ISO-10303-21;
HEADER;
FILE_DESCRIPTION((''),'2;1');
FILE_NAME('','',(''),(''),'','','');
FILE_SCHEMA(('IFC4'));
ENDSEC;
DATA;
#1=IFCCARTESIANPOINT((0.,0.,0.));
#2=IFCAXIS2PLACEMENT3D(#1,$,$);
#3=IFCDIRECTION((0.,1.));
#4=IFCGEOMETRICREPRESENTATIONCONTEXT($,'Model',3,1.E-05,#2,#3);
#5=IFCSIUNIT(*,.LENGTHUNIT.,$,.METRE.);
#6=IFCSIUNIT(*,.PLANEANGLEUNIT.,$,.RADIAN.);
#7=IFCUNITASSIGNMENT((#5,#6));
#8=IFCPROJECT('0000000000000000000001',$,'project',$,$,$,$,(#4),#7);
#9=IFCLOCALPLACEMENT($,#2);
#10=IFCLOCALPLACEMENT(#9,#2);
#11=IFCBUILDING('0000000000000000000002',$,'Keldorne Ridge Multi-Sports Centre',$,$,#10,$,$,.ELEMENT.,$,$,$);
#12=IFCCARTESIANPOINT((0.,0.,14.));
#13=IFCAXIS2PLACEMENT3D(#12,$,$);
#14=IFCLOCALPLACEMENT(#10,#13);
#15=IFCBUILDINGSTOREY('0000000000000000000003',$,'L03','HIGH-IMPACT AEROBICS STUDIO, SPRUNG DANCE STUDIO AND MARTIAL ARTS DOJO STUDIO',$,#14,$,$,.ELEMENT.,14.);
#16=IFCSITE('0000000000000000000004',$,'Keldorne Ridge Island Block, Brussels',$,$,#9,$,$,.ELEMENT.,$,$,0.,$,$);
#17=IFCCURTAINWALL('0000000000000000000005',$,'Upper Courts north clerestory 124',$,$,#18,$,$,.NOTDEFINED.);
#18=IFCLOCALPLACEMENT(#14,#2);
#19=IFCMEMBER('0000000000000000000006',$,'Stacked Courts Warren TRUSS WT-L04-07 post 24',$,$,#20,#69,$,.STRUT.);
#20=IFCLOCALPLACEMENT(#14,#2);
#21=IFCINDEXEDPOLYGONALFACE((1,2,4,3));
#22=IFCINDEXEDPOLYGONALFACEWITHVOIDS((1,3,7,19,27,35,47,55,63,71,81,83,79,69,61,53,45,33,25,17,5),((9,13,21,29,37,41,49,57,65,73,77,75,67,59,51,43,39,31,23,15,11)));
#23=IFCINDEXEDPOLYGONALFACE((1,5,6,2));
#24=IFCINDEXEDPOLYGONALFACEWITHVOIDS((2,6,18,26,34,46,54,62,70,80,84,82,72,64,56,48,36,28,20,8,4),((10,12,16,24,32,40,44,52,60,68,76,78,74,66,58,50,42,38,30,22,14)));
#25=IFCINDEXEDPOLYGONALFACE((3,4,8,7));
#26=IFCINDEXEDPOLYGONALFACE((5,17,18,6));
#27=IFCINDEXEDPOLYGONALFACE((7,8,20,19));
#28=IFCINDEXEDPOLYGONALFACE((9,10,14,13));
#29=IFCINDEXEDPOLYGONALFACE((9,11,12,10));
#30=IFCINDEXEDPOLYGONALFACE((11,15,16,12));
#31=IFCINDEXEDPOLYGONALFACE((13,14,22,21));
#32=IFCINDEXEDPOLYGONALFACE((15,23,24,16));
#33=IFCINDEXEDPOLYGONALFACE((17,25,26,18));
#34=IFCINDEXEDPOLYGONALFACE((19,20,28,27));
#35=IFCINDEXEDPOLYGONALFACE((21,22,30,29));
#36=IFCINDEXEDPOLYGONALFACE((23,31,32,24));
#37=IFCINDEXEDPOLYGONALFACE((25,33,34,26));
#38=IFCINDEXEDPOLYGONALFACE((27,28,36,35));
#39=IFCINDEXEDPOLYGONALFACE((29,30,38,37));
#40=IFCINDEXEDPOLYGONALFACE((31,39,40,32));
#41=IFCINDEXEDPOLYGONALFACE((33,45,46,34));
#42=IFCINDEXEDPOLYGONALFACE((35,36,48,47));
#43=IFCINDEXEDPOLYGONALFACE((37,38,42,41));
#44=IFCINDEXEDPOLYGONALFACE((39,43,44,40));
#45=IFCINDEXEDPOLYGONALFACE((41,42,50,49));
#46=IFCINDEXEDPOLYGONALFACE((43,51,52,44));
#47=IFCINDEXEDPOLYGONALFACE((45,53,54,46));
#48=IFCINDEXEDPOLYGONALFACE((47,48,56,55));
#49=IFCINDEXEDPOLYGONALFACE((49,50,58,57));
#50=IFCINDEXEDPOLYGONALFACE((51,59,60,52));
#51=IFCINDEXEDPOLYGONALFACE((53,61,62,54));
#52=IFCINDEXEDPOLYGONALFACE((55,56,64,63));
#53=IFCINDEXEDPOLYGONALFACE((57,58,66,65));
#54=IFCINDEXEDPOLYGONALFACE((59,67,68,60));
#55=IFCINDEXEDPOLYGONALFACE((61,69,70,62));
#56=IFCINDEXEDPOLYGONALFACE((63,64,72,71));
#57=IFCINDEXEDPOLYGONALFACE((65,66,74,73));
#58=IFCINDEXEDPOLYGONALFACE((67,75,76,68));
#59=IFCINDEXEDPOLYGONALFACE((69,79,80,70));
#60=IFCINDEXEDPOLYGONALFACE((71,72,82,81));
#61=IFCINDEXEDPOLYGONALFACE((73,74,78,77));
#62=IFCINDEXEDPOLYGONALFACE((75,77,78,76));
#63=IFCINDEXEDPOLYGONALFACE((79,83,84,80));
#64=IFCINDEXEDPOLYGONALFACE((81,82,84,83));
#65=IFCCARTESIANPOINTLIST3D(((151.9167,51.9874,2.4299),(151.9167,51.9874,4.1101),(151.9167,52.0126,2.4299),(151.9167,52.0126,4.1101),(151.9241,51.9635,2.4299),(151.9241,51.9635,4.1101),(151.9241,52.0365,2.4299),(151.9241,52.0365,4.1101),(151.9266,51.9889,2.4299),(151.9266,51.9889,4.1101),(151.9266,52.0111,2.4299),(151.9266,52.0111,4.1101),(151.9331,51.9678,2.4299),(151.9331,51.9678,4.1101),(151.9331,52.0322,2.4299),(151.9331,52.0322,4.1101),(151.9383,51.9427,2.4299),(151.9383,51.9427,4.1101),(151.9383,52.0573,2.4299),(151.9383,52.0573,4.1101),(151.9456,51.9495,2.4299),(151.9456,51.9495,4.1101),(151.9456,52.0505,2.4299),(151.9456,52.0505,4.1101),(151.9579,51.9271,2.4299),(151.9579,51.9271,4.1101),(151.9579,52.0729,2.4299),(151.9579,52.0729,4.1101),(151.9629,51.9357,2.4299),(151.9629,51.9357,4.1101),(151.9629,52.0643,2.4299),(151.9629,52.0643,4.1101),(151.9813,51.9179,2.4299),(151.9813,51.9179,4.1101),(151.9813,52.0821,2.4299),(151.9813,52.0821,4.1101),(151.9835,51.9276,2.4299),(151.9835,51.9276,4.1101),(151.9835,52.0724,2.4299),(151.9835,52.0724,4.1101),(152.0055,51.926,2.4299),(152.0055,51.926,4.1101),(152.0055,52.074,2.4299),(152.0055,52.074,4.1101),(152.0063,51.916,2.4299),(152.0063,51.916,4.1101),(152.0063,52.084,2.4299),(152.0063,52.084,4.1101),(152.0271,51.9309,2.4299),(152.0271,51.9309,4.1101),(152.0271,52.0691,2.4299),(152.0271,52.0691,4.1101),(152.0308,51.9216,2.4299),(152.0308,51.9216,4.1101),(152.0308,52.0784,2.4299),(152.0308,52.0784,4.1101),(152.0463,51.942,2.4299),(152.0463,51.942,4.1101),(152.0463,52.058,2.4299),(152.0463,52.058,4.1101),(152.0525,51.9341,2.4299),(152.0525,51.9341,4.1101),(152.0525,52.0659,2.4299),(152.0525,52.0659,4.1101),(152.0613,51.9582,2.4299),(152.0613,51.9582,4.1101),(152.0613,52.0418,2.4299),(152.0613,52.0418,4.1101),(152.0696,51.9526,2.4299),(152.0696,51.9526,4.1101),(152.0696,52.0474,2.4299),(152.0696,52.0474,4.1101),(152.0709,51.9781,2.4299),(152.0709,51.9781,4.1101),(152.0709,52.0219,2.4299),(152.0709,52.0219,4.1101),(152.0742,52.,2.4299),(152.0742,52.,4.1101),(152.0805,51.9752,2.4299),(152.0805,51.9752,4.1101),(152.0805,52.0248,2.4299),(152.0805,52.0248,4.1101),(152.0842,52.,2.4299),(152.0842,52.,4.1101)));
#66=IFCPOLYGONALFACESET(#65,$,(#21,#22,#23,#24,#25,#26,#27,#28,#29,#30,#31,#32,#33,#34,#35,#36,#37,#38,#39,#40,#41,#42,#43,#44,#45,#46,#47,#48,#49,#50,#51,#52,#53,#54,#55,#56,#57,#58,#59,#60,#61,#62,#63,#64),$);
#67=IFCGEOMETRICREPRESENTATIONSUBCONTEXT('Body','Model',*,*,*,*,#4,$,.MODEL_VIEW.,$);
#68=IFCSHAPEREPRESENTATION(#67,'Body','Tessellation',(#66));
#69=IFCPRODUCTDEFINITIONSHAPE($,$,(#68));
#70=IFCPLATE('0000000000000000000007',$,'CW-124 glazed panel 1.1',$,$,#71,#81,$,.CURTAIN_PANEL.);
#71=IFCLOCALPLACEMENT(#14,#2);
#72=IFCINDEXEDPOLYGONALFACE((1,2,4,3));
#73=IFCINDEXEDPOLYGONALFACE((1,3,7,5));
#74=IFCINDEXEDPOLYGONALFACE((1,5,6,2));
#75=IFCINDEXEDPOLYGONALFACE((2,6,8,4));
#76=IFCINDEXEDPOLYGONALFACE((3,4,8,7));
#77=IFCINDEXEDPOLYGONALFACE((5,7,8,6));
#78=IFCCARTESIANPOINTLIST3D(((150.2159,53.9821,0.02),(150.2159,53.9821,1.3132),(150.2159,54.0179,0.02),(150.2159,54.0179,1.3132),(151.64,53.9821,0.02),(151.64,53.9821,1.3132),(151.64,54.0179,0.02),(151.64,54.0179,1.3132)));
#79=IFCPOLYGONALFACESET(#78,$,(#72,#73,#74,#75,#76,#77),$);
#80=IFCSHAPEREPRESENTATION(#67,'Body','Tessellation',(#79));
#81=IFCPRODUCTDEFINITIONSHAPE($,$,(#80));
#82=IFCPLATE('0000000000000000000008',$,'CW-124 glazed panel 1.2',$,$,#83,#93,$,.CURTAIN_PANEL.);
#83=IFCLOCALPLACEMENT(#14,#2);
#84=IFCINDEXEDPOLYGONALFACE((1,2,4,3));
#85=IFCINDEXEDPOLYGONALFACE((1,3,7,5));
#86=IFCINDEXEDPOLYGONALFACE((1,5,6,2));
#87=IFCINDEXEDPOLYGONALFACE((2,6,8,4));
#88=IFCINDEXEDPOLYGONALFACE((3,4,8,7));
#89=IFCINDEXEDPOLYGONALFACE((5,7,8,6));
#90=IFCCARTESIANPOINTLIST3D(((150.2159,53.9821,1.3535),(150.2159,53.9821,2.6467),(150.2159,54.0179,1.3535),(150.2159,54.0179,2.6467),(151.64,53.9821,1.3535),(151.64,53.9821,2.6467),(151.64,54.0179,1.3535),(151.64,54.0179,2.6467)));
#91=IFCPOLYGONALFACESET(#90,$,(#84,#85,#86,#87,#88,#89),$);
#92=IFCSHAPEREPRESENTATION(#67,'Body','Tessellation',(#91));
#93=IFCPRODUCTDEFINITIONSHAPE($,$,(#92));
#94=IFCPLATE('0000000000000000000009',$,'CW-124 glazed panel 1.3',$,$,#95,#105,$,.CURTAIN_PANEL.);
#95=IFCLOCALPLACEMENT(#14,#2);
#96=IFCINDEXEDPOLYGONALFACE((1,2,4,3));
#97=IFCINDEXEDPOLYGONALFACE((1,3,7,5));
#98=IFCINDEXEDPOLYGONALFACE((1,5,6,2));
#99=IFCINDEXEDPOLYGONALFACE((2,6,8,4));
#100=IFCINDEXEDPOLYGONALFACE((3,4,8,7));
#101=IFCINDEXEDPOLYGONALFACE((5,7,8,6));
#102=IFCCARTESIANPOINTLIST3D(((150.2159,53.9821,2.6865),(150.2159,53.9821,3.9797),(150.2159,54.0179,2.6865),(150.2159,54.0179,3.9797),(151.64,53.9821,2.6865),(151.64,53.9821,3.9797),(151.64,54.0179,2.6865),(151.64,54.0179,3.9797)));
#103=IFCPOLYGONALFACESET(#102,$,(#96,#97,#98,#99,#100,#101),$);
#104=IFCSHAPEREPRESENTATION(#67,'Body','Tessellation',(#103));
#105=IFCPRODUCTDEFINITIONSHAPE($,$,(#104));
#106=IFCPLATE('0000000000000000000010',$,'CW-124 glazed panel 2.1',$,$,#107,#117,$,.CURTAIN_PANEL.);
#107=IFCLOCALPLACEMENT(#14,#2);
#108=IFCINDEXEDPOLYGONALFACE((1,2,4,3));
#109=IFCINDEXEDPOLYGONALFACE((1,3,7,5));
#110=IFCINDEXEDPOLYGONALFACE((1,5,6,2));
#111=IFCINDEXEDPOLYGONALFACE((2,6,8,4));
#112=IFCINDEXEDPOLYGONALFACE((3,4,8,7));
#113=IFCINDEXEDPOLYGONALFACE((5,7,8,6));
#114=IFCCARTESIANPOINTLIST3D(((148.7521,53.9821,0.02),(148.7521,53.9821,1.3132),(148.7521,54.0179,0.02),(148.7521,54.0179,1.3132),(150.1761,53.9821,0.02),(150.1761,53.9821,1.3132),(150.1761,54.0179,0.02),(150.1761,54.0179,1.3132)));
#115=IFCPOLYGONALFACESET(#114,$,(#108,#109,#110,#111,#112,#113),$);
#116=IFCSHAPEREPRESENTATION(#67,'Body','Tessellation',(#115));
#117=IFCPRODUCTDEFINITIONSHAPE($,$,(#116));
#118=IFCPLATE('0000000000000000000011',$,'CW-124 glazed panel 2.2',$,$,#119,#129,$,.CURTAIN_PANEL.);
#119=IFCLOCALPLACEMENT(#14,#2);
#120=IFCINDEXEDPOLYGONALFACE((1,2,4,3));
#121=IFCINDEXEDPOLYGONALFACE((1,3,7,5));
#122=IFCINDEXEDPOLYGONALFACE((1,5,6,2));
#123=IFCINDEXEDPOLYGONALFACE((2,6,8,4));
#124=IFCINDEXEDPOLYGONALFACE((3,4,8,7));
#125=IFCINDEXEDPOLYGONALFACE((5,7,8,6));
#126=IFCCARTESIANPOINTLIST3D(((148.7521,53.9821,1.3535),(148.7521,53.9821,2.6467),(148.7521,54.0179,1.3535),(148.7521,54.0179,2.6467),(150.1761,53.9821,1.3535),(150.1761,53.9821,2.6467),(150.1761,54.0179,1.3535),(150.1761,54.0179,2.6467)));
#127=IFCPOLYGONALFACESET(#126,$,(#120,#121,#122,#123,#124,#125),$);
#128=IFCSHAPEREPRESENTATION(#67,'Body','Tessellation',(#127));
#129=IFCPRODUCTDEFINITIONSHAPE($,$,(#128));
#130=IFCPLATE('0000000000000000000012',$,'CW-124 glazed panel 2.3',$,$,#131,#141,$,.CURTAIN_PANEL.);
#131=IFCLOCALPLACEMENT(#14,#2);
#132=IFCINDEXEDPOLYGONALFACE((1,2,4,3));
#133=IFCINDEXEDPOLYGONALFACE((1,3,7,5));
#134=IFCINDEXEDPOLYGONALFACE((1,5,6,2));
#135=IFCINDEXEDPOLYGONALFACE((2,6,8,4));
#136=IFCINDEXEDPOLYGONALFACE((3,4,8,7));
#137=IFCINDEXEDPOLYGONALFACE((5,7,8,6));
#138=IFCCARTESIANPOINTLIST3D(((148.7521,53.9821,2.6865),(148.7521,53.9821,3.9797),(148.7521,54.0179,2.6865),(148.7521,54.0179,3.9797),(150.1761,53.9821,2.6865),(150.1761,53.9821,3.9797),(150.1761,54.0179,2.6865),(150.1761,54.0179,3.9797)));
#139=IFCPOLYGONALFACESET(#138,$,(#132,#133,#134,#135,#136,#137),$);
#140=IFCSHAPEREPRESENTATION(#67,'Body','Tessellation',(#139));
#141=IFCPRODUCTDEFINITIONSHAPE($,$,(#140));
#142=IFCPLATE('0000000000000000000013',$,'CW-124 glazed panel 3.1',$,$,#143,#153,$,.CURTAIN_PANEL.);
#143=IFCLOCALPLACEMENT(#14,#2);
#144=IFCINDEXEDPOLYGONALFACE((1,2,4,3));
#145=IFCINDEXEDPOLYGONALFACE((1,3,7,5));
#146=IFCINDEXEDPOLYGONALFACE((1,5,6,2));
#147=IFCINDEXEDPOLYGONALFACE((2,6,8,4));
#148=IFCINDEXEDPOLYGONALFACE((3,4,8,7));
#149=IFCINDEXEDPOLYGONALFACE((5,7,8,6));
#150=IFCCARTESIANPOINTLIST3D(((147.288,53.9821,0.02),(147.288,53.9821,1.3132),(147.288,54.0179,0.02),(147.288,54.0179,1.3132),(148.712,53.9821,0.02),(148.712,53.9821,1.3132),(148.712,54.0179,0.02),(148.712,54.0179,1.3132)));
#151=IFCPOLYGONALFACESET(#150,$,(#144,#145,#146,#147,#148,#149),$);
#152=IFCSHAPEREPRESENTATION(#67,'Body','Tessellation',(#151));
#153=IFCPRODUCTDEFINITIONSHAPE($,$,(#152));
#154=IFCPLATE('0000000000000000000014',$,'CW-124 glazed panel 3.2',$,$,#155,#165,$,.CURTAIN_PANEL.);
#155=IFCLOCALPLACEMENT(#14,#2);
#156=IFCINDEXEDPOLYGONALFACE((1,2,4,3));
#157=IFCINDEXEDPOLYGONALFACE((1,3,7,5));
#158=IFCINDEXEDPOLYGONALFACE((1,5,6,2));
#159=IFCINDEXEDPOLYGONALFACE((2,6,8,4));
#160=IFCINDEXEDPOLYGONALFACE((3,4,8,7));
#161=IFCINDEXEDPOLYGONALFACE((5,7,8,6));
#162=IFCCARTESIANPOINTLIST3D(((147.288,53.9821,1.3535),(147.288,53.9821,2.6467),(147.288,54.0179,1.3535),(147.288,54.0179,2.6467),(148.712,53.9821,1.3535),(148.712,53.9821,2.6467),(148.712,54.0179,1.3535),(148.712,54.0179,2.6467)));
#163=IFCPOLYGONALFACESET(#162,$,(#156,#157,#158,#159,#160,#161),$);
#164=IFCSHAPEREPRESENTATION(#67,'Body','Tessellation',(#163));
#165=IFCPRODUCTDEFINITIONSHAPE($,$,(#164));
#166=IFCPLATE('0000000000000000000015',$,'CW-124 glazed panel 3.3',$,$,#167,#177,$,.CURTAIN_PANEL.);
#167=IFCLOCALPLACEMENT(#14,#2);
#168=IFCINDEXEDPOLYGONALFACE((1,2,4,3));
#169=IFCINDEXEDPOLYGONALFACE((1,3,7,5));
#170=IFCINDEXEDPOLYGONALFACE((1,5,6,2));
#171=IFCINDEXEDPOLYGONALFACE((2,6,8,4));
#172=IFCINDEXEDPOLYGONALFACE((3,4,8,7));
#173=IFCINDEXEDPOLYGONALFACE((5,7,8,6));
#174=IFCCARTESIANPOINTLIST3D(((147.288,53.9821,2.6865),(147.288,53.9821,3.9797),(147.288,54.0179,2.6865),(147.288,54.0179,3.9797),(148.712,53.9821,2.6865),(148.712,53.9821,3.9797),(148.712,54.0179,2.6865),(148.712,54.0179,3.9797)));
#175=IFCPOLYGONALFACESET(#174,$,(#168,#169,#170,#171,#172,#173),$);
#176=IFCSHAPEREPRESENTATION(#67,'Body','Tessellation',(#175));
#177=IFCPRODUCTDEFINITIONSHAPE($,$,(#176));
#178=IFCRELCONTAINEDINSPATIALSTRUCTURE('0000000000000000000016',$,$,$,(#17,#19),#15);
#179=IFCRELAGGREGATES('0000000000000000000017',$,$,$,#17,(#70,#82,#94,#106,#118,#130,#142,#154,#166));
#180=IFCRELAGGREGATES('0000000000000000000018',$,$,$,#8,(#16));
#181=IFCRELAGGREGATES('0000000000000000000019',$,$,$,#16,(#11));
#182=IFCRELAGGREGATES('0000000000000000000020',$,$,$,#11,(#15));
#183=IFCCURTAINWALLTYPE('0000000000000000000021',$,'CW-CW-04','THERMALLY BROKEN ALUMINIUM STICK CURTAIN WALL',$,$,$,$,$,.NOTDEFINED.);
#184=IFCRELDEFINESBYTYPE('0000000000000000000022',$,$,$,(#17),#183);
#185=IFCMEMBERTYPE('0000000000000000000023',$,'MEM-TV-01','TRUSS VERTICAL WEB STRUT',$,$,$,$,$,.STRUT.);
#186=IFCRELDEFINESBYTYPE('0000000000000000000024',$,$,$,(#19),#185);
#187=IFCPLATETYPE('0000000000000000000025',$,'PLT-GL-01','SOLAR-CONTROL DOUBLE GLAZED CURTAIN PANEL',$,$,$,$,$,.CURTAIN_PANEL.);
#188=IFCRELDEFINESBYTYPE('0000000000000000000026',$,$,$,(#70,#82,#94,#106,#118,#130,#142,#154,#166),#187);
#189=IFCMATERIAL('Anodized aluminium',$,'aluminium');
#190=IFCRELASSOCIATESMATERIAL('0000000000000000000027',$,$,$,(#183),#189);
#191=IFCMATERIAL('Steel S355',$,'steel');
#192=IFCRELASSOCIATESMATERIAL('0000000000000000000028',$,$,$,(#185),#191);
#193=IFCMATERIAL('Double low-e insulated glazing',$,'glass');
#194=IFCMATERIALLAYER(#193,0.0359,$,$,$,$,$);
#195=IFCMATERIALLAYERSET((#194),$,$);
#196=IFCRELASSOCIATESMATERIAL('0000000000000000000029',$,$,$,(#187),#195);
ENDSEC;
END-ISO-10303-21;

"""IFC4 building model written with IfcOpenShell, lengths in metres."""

from ifc_helpers import new_model, si_unit, direction, frame, origin, origin_2d, place, context, subcontext, project, spatial, rectangle, hollow_circle, extrude, material, layer, layer_set, material_profile, profile_set, type_object, element, aggregate, save


model = new_model("IFC4")

# Units and contexts
model_context = context("Model", 3, precision=1e-05, world=origin(), true_north=direction((0.0, 1.0)))
body_context = subcontext(model_context, "Body", "Model", "MODEL_VIEW")
ifc_project = project(units=[si_unit("LENGTHUNIT", "METRE"), si_unit("PLANEANGLEUNIT", "RADIAN")], contexts=[model_context])

# Site, building, storey
site_placement = place(None, origin())
site = spatial("IfcSite", under=ifc_project, at=site_placement, Name="Keldorne Ridge Island Block, Brussels", CompositionType="ELEMENT", RefElevation=0.0)
building_placement = place(site_placement, origin())
building = spatial("IfcBuilding", under=site, at=building_placement, Name="Keldorne Ridge Multi-Sports Centre", CompositionType="ELEMENT")
storey_placement = place(building_placement, frame((0.0, 0.0, 14.0)))
storey = spatial("IfcBuildingStorey", under=building, at=storey_placement, Name="L03", Description="HIGH-IMPACT AEROBICS STUDIO, SPRUNG DANCE STUDIO AND MARTIAL ARTS DOJO STUDIO", CompositionType="ELEMENT", Elevation=14.0)

# Curtain wall
ifc_material_1 = material(Name="Anodized aluminium", Category="aluminium")
curtain_wall_type = type_object("IfcCurtainWallType", Name="CW-CW-04", Description="THERMALLY BROKEN ALUMINIUM STICK CURTAIN WALL", PredefinedType="NOTDEFINED", material=ifc_material_1)
curtain_wall_placement = place(storey_placement, origin())
curtain_wall = element("IfcCurtainWall", 1, at=curtain_wall_placement, inside=storey, type_object=curtain_wall_type, Name="Upper Courts north clerestory 124", PredefinedType="NOTDEFINED")

# Shared definitions
ifc_material_2 = material(Name="Steel S355", Category="steel")

# Member
ifc_material_profile_1 = material_profile(ifc_material_2, hollow_circle(Radius=0.0842, WallThickness=0.01, at=origin_2d()), Name="CHS 168.3x10")
ifc_profile_set_1 = profile_set([ifc_material_profile_1], Name="Steel S355")
member_type_1 = type_object("IfcMemberType", Name="MEM-TV-01", Description="TRUSS VERTICAL WEB STRUT", PredefinedType="STRUT", material=ifc_profile_set_1)
for number, where, z_axis, x_axis, name in (
    (2, (152.0, 52.0, 2.4299), (0.0, 0.0, 1.0), (1.0, 0.0, 0.0), "Stacked Courts Warren TRUSS WT-L04-07 post 24"),
):
    element("IfcMember", number, at=place(storey_placement, frame(where, z_axis=z_axis, x_axis=x_axis)), inside=storey, type_object=member_type_1, Name=name, PredefinedType="STRUT", context=body_context, shape_type="SweptSolid", body=[
        extrude(hollow_circle(Radius=0.0842, WallThickness=0.01, at=origin_2d()), origin(), (0.0, 0.0, 1.0), 1.6802),
    ])

# Plates
ifc_material_3 = material(Name="Double low-e insulated glazing", Category="glass")
ifc_layer = layer(ifc_material_3, 0.0359)
ifc_layer_set = layer_set([ifc_layer])
plate_type = type_object("IfcPlateType", Name="PLT-GL-01", Description="SOLAR-CONTROL DOUBLE GLAZED CURTAIN PANEL", PredefinedType="CURTAIN_PANEL", material=ifc_layer_set)
plate_1_placement = place(storey_placement, frame((150.928, 54.0, 0.02), z_axis=(0.0, 0.0, 1.0), x_axis=(-1.0, 0.0, 0.0)))
plate_1 = element("IfcPlate", 3, at=plate_1_placement, type_object=plate_type, Name="CW-124 glazed panel 1.1", PredefinedType="CURTAIN_PANEL", context=body_context, shape_type="SweptSolid", body=[
    extrude(rectangle(XDim=1.4241, YDim=0.0359, at=origin_2d()), origin(), (0.0, 0.0, 1.0), 1.2932),
])
plate_2_placement = place(storey_placement, frame((150.928, 54.0, 1.3535), z_axis=(0.0, 0.0, 1.0), x_axis=(-1.0, 0.0, 0.0)))
plate_2 = element("IfcPlate", 4, at=plate_2_placement, type_object=plate_type, Name="CW-124 glazed panel 1.2", PredefinedType="CURTAIN_PANEL", context=body_context, shape_type="SweptSolid", body=[
    extrude(rectangle(XDim=1.4241, YDim=0.0359, at=origin_2d()), origin(), (0.0, 0.0, 1.0), 1.2932),
])
plate_3_placement = place(storey_placement, frame((150.928, 54.0, 2.6865), z_axis=(0.0, 0.0, 1.0), x_axis=(-1.0, 0.0, 0.0)))
plate_3 = element("IfcPlate", 5, at=plate_3_placement, type_object=plate_type, Name="CW-124 glazed panel 1.3", PredefinedType="CURTAIN_PANEL", context=body_context, shape_type="SweptSolid", body=[
    extrude(rectangle(XDim=1.4241, YDim=0.0359, at=origin_2d()), origin(), (0.0, 0.0, 1.0), 1.2932),
])
plate_4_placement = place(storey_placement, frame((149.4641, 54.0, 0.02), z_axis=(0.0, 0.0, 1.0), x_axis=(-1.0, 0.0, 0.0)))
plate_4 = element("IfcPlate", 6, at=plate_4_placement, type_object=plate_type, Name="CW-124 glazed panel 2.1", PredefinedType="CURTAIN_PANEL", context=body_context, shape_type="SweptSolid", body=[
    extrude(rectangle(XDim=1.4241, YDim=0.0359, at=origin_2d()), origin(), (0.0, 0.0, 1.0), 1.2932),
])
plate_5_placement = place(storey_placement, frame((149.4641, 54.0, 1.3535), z_axis=(0.0, 0.0, 1.0), x_axis=(-1.0, 0.0, 0.0)))
plate_5 = element("IfcPlate", 7, at=plate_5_placement, type_object=plate_type, Name="CW-124 glazed panel 2.2", PredefinedType="CURTAIN_PANEL", context=body_context, shape_type="SweptSolid", body=[
    extrude(rectangle(XDim=1.4241, YDim=0.0359, at=origin_2d()), origin(), (0.0, 0.0, 1.0), 1.2932),
])
plate_6_placement = place(storey_placement, frame((149.4641, 54.0, 2.6865), z_axis=(0.0, 0.0, 1.0), x_axis=(-1.0, 0.0, 0.0)))
plate_6 = element("IfcPlate", 8, at=plate_6_placement, type_object=plate_type, Name="CW-124 glazed panel 2.3", PredefinedType="CURTAIN_PANEL", context=body_context, shape_type="SweptSolid", body=[
    extrude(rectangle(XDim=1.4241, YDim=0.0359, at=origin_2d()), origin(), (0.0, 0.0, 1.0), 1.2932),
])
plate_7_placement = place(storey_placement, frame((148.0, 54.0, 0.02), z_axis=(0.0, 0.0, 1.0), x_axis=(-1.0, 0.0, 0.0)))
plate_7 = element("IfcPlate", 9, at=plate_7_placement, type_object=plate_type, Name="CW-124 glazed panel 3.1", PredefinedType="CURTAIN_PANEL", context=body_context, shape_type="SweptSolid", body=[
    extrude(rectangle(XDim=1.4241, YDim=0.0359, at=origin_2d()), origin(), (0.0, 0.0, 1.0), 1.2932),
])
plate_8_placement = place(storey_placement, frame((148.0, 54.0, 1.3535), z_axis=(0.0, 0.0, 1.0), x_axis=(-1.0, 0.0, 0.0)))
plate_8 = element("IfcPlate", 10, at=plate_8_placement, type_object=plate_type, Name="CW-124 glazed panel 3.2", PredefinedType="CURTAIN_PANEL", context=body_context, shape_type="SweptSolid", body=[
    extrude(rectangle(XDim=1.4241, YDim=0.0359, at=origin_2d()), origin(), (0.0, 0.0, 1.0), 1.2932),
])
plate_9_placement = place(storey_placement, frame((148.0, 54.0, 2.6865), z_axis=(0.0, 0.0, 1.0), x_axis=(-1.0, 0.0, 0.0)))
plate_9 = element("IfcPlate", 11, at=plate_9_placement, type_object=plate_type, Name="CW-124 glazed panel 3.3", PredefinedType="CURTAIN_PANEL", context=body_context, shape_type="SweptSolid", body=[
    extrude(rectangle(XDim=1.4241, YDim=0.0359, at=origin_2d()), origin(), (0.0, 0.0, 1.0), 1.2932),
])
aggregate(curtain_wall, [plate_1, plate_2, plate_3, plate_4, plate_5, plate_6, plate_7, plate_8, plate_9])

save(model, "model.ifc")
